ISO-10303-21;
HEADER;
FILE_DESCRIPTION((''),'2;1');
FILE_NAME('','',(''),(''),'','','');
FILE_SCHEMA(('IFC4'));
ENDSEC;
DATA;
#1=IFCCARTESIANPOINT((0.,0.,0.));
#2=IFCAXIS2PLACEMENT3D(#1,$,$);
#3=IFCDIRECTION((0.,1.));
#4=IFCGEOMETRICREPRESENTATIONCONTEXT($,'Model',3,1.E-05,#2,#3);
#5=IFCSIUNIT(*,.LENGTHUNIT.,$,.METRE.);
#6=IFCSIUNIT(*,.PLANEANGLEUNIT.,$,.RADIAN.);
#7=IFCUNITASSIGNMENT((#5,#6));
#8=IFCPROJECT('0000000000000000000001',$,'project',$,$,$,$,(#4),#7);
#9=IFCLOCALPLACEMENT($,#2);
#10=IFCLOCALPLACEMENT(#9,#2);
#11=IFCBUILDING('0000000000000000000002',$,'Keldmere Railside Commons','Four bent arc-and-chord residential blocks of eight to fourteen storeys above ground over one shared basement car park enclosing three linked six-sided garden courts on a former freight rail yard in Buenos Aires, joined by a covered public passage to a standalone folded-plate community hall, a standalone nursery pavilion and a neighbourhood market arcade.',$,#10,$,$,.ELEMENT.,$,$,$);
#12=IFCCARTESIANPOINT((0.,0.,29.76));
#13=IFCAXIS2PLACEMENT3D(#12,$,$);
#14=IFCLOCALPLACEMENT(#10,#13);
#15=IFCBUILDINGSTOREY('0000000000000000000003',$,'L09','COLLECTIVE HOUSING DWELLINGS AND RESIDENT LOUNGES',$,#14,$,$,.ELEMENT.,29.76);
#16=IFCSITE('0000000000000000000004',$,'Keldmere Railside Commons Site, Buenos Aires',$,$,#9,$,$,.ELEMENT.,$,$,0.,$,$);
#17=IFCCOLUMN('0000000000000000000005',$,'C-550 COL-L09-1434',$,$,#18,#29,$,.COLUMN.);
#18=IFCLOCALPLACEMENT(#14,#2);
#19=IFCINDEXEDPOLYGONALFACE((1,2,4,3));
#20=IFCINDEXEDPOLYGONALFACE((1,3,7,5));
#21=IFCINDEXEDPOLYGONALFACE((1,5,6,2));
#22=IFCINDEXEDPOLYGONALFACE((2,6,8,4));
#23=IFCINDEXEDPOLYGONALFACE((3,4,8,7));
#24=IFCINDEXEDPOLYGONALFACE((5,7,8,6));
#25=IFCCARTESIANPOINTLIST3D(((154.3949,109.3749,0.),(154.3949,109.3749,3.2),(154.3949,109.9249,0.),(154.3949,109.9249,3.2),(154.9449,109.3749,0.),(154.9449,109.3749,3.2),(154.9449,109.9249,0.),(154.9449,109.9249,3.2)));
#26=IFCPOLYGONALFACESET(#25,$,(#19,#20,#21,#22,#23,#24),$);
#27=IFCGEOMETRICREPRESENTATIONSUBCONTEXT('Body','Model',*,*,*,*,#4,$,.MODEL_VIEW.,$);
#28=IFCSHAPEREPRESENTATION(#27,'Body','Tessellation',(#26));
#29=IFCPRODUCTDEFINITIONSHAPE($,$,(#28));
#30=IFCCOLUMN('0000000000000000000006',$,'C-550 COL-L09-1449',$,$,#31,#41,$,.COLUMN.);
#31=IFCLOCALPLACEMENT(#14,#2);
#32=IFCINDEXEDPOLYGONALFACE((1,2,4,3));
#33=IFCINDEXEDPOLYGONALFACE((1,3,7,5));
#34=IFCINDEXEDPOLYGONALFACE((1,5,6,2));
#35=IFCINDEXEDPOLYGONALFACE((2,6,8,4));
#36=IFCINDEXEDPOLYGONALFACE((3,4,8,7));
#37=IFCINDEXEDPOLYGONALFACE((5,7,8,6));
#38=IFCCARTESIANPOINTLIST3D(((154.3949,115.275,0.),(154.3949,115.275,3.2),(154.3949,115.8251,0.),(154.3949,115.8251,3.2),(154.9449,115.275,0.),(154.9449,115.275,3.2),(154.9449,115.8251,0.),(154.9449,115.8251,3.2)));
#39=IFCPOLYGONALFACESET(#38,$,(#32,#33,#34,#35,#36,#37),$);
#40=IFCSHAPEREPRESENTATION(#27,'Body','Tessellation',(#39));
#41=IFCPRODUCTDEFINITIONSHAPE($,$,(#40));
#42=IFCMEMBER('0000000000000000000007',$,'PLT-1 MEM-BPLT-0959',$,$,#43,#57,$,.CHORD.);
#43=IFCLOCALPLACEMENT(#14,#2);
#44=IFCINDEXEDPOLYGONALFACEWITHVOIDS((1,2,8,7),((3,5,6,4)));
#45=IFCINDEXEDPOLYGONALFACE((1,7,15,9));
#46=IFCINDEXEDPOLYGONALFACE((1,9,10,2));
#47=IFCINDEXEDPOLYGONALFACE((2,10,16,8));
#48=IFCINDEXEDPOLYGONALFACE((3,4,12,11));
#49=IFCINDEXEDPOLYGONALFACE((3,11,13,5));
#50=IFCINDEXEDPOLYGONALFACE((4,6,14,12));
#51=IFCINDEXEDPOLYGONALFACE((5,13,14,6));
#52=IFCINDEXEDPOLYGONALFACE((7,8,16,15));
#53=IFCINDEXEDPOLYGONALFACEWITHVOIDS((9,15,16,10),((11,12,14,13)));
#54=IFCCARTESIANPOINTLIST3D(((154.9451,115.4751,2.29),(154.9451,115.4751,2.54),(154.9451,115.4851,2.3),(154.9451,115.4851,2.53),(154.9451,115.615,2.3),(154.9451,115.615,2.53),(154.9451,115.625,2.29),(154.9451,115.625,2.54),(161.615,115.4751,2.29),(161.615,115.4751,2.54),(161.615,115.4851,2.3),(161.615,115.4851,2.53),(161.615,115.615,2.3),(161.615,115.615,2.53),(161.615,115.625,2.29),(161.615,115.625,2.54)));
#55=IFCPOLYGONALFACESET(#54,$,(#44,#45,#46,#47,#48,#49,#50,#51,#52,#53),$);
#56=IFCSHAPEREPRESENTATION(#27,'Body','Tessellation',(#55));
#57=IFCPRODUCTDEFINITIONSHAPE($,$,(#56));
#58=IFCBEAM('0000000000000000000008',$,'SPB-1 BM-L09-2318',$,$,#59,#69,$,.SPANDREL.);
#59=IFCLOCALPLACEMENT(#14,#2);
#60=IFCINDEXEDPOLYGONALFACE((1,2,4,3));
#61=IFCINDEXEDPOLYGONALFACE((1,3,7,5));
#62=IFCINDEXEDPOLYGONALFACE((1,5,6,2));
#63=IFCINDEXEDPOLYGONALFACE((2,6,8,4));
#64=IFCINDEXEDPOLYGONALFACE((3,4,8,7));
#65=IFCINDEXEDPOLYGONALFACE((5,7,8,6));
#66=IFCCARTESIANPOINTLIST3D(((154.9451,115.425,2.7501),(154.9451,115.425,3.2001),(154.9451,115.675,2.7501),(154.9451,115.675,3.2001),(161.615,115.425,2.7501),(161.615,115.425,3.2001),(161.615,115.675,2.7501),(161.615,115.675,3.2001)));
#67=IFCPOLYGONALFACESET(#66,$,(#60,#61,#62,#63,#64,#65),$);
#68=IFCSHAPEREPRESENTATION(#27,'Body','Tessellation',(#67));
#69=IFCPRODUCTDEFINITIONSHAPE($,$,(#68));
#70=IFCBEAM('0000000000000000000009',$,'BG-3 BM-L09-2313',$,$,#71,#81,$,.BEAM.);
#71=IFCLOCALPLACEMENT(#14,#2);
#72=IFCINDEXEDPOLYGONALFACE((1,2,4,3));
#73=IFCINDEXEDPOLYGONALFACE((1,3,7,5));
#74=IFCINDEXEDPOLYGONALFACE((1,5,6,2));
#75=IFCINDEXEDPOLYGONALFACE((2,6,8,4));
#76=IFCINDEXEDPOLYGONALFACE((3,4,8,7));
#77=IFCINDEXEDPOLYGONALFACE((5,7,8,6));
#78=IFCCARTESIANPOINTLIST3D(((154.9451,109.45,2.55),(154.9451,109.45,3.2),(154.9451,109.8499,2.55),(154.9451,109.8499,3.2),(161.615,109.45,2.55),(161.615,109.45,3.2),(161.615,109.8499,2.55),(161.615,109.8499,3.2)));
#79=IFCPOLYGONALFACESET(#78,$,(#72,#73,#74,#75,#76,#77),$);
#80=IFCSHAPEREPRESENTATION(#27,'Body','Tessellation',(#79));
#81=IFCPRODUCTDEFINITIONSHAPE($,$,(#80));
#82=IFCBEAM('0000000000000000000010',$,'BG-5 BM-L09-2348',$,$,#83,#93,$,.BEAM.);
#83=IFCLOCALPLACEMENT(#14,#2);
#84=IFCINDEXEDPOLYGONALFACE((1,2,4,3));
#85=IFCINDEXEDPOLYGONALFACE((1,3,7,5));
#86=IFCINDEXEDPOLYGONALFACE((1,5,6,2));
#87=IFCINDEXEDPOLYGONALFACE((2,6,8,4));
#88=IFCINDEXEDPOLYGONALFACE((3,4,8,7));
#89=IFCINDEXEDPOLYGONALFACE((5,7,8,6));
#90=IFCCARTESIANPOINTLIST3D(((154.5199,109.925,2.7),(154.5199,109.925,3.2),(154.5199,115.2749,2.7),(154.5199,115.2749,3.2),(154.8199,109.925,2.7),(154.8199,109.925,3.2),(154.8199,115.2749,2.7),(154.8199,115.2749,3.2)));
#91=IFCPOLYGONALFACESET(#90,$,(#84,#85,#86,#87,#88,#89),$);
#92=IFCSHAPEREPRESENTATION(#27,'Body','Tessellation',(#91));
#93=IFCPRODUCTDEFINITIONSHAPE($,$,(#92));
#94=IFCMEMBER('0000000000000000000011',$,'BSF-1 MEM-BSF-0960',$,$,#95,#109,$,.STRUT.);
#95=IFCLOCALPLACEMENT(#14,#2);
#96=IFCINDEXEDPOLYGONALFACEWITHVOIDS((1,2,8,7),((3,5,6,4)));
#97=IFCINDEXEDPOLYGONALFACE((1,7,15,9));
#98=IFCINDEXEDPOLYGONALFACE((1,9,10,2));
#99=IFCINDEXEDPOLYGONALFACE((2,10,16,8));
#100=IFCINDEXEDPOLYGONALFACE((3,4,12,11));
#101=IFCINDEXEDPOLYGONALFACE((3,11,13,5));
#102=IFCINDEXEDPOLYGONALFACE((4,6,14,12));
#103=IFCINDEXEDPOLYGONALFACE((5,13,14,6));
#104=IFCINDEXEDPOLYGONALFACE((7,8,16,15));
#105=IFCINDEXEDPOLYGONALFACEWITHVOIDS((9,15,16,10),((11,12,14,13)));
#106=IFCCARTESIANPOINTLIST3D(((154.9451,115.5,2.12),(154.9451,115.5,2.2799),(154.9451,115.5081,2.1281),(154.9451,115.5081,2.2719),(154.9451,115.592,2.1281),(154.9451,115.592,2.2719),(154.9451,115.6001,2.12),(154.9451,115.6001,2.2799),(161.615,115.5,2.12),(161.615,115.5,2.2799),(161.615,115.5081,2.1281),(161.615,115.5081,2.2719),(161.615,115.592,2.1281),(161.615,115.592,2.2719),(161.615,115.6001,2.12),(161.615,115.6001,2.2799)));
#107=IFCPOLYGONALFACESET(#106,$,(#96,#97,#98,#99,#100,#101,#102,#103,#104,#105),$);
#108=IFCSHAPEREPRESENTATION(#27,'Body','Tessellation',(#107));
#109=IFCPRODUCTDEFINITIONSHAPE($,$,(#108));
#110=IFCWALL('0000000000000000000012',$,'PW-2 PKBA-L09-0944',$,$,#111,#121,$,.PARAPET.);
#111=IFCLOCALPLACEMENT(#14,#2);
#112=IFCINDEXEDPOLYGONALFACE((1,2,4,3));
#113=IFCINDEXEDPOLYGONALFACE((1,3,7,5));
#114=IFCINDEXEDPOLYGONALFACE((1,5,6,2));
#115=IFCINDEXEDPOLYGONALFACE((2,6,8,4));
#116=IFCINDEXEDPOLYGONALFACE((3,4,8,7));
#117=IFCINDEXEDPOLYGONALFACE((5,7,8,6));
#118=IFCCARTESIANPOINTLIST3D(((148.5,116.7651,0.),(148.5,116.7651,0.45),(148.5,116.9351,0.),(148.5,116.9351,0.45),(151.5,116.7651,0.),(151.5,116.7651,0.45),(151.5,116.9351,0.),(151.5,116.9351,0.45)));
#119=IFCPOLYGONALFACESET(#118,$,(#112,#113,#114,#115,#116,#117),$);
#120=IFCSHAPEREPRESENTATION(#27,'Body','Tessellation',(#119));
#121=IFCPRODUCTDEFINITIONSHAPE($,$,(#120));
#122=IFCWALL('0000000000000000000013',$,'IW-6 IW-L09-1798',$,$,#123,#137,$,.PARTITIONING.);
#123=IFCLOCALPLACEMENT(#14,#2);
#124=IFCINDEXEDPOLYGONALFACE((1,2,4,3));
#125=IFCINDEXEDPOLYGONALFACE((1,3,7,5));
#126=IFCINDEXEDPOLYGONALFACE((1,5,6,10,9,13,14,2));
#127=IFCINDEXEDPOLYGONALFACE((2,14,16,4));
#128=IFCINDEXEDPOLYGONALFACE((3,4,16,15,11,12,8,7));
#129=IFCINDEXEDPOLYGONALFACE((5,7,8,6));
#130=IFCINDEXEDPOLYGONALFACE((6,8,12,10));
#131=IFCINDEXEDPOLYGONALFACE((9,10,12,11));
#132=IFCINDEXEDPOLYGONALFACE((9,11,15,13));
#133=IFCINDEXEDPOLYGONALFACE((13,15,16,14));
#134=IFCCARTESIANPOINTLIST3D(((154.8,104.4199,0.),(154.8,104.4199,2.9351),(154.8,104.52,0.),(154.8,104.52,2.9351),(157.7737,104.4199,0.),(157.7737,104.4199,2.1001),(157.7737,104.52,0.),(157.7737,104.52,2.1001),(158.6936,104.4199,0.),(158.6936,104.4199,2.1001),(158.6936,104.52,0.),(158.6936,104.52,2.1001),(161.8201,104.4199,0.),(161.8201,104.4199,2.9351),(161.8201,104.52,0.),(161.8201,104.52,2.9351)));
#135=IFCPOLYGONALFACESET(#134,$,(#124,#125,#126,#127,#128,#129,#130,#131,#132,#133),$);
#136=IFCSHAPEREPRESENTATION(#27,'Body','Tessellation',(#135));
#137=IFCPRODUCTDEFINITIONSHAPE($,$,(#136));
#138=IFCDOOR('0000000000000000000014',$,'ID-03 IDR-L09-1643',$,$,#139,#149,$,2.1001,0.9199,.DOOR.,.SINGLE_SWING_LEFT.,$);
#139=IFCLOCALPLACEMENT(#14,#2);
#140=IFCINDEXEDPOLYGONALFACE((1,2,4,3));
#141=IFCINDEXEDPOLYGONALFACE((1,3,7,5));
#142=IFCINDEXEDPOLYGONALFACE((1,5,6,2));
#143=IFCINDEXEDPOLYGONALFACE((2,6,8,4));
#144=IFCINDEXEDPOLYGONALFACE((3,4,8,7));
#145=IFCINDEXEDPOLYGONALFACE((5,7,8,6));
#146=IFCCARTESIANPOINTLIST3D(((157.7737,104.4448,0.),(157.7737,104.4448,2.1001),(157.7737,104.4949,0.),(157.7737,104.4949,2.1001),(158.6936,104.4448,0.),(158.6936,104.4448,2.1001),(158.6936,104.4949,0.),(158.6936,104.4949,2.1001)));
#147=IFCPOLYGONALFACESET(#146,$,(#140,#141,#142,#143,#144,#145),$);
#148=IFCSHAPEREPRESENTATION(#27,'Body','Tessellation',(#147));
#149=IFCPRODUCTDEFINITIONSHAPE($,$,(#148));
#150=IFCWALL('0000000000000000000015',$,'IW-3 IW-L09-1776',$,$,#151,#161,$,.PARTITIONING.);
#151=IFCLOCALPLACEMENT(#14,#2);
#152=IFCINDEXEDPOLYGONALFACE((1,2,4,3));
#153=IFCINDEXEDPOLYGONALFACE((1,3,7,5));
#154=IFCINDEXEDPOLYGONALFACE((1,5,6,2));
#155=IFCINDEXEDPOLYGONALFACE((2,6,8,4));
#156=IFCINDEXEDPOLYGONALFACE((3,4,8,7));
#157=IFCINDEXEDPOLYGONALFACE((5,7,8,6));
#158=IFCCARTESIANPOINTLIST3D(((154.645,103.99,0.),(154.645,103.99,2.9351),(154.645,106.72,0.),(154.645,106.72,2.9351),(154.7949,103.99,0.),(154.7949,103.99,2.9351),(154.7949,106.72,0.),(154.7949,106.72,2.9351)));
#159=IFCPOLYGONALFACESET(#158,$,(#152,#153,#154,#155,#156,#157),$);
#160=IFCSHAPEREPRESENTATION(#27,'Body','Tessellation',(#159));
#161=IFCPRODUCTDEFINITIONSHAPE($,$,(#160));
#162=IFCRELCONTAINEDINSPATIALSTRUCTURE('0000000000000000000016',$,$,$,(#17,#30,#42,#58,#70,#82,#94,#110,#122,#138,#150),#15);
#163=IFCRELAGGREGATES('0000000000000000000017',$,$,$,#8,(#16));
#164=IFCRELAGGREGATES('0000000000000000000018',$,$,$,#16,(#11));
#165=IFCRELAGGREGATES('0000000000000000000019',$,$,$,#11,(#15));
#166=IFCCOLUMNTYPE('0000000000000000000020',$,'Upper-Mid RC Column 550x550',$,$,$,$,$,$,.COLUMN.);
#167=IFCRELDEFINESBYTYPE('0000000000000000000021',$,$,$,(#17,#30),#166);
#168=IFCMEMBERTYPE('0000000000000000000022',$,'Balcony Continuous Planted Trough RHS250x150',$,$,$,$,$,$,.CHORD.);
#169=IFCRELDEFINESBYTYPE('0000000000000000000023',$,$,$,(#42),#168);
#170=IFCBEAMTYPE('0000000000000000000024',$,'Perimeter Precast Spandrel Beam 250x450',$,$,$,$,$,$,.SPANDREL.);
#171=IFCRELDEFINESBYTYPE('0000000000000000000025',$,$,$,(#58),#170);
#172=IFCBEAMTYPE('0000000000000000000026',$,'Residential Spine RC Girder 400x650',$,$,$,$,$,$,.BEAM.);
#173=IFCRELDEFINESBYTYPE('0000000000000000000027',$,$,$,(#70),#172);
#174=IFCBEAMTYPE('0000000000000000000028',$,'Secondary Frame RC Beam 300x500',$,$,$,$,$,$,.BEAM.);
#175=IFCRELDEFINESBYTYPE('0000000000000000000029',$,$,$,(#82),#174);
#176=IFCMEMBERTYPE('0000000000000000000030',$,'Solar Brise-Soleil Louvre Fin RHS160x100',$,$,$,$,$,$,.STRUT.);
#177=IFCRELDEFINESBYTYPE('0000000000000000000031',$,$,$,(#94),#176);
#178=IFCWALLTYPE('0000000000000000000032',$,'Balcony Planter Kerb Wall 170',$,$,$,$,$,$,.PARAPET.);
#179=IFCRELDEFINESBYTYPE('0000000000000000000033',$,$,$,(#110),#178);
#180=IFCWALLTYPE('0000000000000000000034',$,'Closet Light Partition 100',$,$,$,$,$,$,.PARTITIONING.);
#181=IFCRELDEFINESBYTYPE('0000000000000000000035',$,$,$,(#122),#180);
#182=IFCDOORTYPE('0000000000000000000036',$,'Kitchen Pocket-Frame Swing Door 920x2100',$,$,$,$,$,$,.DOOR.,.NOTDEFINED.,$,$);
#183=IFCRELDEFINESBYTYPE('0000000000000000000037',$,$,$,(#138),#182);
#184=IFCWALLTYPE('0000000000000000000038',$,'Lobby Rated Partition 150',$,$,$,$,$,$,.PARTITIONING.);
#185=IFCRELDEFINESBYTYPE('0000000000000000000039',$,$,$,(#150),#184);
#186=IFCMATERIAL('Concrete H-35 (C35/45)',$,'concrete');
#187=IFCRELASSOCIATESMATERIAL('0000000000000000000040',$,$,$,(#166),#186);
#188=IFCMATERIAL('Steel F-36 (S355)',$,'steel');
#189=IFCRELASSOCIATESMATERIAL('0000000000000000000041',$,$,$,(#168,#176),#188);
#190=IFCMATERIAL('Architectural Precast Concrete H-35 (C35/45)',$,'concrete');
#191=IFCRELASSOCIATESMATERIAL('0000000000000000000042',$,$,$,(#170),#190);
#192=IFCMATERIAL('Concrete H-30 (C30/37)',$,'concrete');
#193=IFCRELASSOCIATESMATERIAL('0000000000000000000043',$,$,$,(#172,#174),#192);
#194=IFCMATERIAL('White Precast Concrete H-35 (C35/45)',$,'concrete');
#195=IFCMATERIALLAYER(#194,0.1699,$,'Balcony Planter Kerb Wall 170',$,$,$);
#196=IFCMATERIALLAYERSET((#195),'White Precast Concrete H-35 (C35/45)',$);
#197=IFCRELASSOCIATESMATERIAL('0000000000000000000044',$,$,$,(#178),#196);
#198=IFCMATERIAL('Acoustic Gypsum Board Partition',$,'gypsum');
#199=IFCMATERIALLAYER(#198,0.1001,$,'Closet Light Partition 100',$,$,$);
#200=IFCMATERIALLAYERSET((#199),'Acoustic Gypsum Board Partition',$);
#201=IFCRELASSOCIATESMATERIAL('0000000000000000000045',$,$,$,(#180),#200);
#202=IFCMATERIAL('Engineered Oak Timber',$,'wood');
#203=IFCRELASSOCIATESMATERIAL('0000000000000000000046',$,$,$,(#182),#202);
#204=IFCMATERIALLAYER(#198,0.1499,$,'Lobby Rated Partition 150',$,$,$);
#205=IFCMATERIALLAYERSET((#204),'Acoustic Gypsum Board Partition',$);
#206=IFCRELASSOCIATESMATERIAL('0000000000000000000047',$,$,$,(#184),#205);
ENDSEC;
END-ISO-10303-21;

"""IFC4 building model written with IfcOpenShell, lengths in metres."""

from ifc_helpers import new_model, si_unit, direction, frame, frame_2d, origin, origin_2d, place, context, subcontext, project, spatial, rectangle, hollow_rectangle, extrude, material, layer, layer_set, material_profile, profile_set, type_object, element, fill, save


model = new_model("IFC4")

# Units and contexts
model_context = context("Model", 3, precision=1e-05, world=origin(), true_north=direction((0.0, 1.0)))
body_context = subcontext(model_context, "Body", "Model", "MODEL_VIEW")
ifc_project = project(units=[si_unit("LENGTHUNIT", "METRE"), si_unit("PLANEANGLEUNIT", "RADIAN")], contexts=[model_context])

# Site, building, storey
site_placement = place(None, origin())
site = spatial("IfcSite", under=ifc_project, at=site_placement, Name="Keldmere Railside Commons Site, Buenos Aires", CompositionType="ELEMENT", RefElevation=0.0)
building_placement = place(site_placement, origin())
building = spatial("IfcBuilding", under=site, at=building_placement, Name="Keldmere Railside Commons", Description="Four bent arc-and-chord residential blocks of eight to fourteen storeys above ground over one shared basement car park enclosing three linked six-sided garden courts on a former freight rail yard in Buenos Aires, joined by a covered public passage to a standalone folded-plate community hall, a standalone nursery pavilion and a neighbourhood market arcade.", CompositionType="ELEMENT")
storey_placement = place(building_placement, frame((0.0, 0.0, 29.76)))
storey = spatial("IfcBuildingStorey", under=building, at=storey_placement, Name="L09", Description="COLLECTIVE HOUSING DWELLINGS AND RESIDENT LOUNGES", CompositionType="ELEMENT", Elevation=29.76)

# Columns
ifc_material_1 = material(Name="Concrete H-35 (C35/45)", Category="concrete")
ifc_material_profile_1 = material_profile(ifc_material_1, rectangle(XDim=0.55, YDim=0.55, at=origin_2d()), Name="RC-550x550")
ifc_profile_set_1 = profile_set([ifc_material_profile_1], Name="Concrete H-35 (C35/45)")
column_type = type_object("IfcColumnType", Name="Upper-Mid RC Column 550x550", PredefinedType="COLUMN", material=ifc_profile_set_1)
for number, where, z_axis, x_axis, name in (
    (1, (154.6699, 109.6499, 0.0), (0.0, 0.0, 1.0), (1.0, 0.0, 0.0), "C-550 COL-L09-1434"),
    (2, (154.6699, 115.55, 0.0), (0.0, 0.0, 1.0), (1.0, 0.0, 0.0), "C-550 COL-L09-1449"),
):
    element("IfcColumn", number, at=place(storey_placement, frame(where, z_axis=z_axis, x_axis=x_axis)), inside=storey, type_object=column_type, Name=name, PredefinedType="COLUMN", context=body_context, shape_type="SweptSolid", body=[
        extrude(rectangle(XDim=0.55, YDim=0.55, at=origin_2d()), origin(), (0.0, 0.0, 1.0), 3.2),
    ])

# Member
ifc_material_2 = material(Name="Steel F-36 (S355)", Category="steel")
ifc_material_profile_2 = material_profile(ifc_material_2, hollow_rectangle(XDim=0.1499, YDim=0.25, WallThickness=0.01, at=origin_2d()), Name="RHS-250x150x10")
ifc_profile_set_2 = profile_set([ifc_material_profile_2], Name="Steel F-36 (S355)")
member_type_1 = type_object("IfcMemberType", Name="Balcony Continuous Planted Trough RHS250x150", PredefinedType="CHORD", material=ifc_profile_set_2)
member_1_placement = place(storey_placement, frame((154.9451, 115.55, 2.415), z_axis=(1.0, 0.0, 0.0), x_axis=(0.0, 1.0, 0.0)))
element("IfcMember", 3, at=member_1_placement, inside=storey, type_object=member_type_1, Name="PLT-1 MEM-BPLT-0959", PredefinedType="CHORD", context=body_context, shape_type="SweptSolid", body=[
    extrude(hollow_rectangle(XDim=0.1499, YDim=0.25, WallThickness=0.01, at=origin_2d()), origin(), (0.0, 0.0, 1.0), 6.6699),
])

# Beams
ifc_material_3 = material(Name="Architectural Precast Concrete H-35 (C35/45)", Category="concrete")
ifc_material_profile_3 = material_profile(ifc_material_3, rectangle(XDim=0.25, YDim=0.45, at=origin_2d()), Name="RC-250x450")
ifc_profile_set_3 = profile_set([ifc_material_profile_3], Name="Architectural Precast Concrete H-35 (C35/45)")
beam_type_1 = type_object("IfcBeamType", Name="Perimeter Precast Spandrel Beam 250x450", PredefinedType="SPANDREL", material=ifc_profile_set_3)
beam_1_placement = place(storey_placement, frame((154.9451, 115.55, 2.9751), z_axis=(1.0, 0.0, 0.0), x_axis=(0.0, 1.0, 0.0)))
element("IfcBeam", 4, at=beam_1_placement, inside=storey, type_object=beam_type_1, Name="SPB-1 BM-L09-2318", PredefinedType="SPANDREL", context=body_context, shape_type="SweptSolid", body=[
    extrude(rectangle(XDim=0.25, YDim=0.45, at=origin_2d()), origin(), (0.0, 0.0, 1.0), 6.6699),
])
ifc_material_4 = material(Name="Concrete H-30 (C30/37)", Category="concrete")
ifc_material_profile_4 = material_profile(ifc_material_4, rectangle(XDim=0.3999, YDim=0.6499, at=origin_2d()), Name="RC-400x650")
ifc_profile_set_4 = profile_set([ifc_material_profile_4], Name="Concrete H-30 (C30/37)")
beam_type_2 = type_object("IfcBeamType", Name="Residential Spine RC Girder 400x650", PredefinedType="BEAM", material=ifc_profile_set_4)
beam_2_placement = place(storey_placement, frame((154.9451, 109.6499, 2.875), z_axis=(1.0, 0.0, 0.0), x_axis=(0.0, 1.0, 0.0)))
element("IfcBeam", 5, at=beam_2_placement, inside=storey, type_object=beam_type_2, Name="BG-3 BM-L09-2313", PredefinedType="BEAM", context=body_context, shape_type="SweptSolid", body=[
    extrude(rectangle(XDim=0.3999, YDim=0.6499, at=origin_2d()), origin(), (0.0, 0.0, 1.0), 6.6699),
])
ifc_material_profile_5 = material_profile(ifc_material_4, rectangle(XDim=0.3, YDim=0.5, at=origin_2d()), Name="RC-300x500")
ifc_profile_set_5 = profile_set([ifc_material_profile_5], Name="Concrete H-30 (C30/37)")
beam_type_3 = type_object("IfcBeamType", Name="Secondary Frame RC Beam 300x500", PredefinedType="BEAM", material=ifc_profile_set_5)
beam_3_placement = place(storey_placement, frame((154.6699, 109.925, 2.95), z_axis=(0.0, 1.0, 0.0), x_axis=(-1.0, 0.0, 0.0)))
element("IfcBeam", 6, at=beam_3_placement, inside=storey, type_object=beam_type_3, Name="BG-5 BM-L09-2348", PredefinedType="BEAM", context=body_context, shape_type="SweptSolid", body=[
    extrude(rectangle(XDim=0.3, YDim=0.5, at=origin_2d()), origin(), (0.0, 0.0, 1.0), 5.3499),
])

# Member
ifc_material_profile_6 = material_profile(ifc_material_2, hollow_rectangle(XDim=0.1001, YDim=0.1599, WallThickness=0.0081, at=origin_2d()), Name="RHS-160x100x8")
ifc_profile_set_6 = profile_set([ifc_material_profile_6], Name="Steel F-36 (S355)")
member_type_2 = type_object("IfcMemberType", Name="Solar Brise-Soleil Louvre Fin RHS160x100", PredefinedType="STRUT", material=ifc_profile_set_6)
member_2_placement = place(storey_placement, frame((154.9451, 115.55, 2.2), z_axis=(1.0, 0.0, 0.0), x_axis=(0.0, 1.0, 0.0)))
element("IfcMember", 7, at=member_2_placement, inside=storey, type_object=member_type_2, Name="BSF-1 MEM-BSF-0960", PredefinedType="STRUT", context=body_context, shape_type="SweptSolid", body=[
    extrude(hollow_rectangle(XDim=0.1001, YDim=0.1599, WallThickness=0.0081, at=origin_2d()), origin(), (0.0, 0.0, 1.0), 6.6699),
])

# Wall
ifc_material_5 = material(Name="White Precast Concrete H-35 (C35/45)", Category="concrete")
ifc_layer_1 = layer(ifc_material_5, 0.1699, Name="Balcony Planter Kerb Wall 170")
ifc_layer_set_1 = layer_set([ifc_layer_1], Name="White Precast Concrete H-35 (C35/45)")
wall_type_1 = type_object("IfcWallType", Name="Balcony Planter Kerb Wall 170", PredefinedType="PARAPET", material=ifc_layer_set_1)
wall_1_placement = place(storey_placement, frame((148.5, 116.8501, 0.0), z_axis=(0.0, 0.0, 1.0), x_axis=(1.0, 0.0, 0.0)))
element("IfcWall", 8, at=wall_1_placement, inside=storey, type_object=wall_type_1, Name="PW-2 PKBA-L09-0944", PredefinedType="PARAPET", context=body_context, shape_type="SweptSolid", body=[
    extrude(rectangle(XDim=3.0, YDim=0.1699, at=frame_2d((1.5, 0.0))), origin(), (0.0, 0.0, 1.0), 0.45),
])

# Wall, opening, door
ifc_material_6 = material(Name="Acoustic Gypsum Board Partition", Category="gypsum")
ifc_layer_2 = layer(ifc_material_6, 0.1001, Name="Closet Light Partition 100")
ifc_layer_set_2 = layer_set([ifc_layer_2], Name="Acoustic Gypsum Board Partition")
wall_type_2 = type_object("IfcWallType", Name="Closet Light Partition 100", PredefinedType="PARTITIONING", material=ifc_layer_set_2)
wall_2_placement = place(storey_placement, frame((154.8, 104.47, 0.0), z_axis=(0.0, 0.0, 1.0), x_axis=(1.0, 0.0, 0.0)))
wall_2 = element("IfcWall", 9, at=wall_2_placement, inside=storey, type_object=wall_type_2, Name="IW-6 IW-L09-1798", PredefinedType="PARTITIONING", context=body_context, shape_type="SweptSolid", body=[
    extrude(rectangle(XDim=7.02, YDim=0.1001, at=frame_2d((3.51, 0.0))), origin(), (0.0, 0.0, 1.0), 2.9351),
])
opening_1_placement = place(wall_2_placement, frame((2.9736, 0.0, 0.0)))
opening_1 = element("IfcOpeningElement", 10, at=opening_1_placement, cuts=wall_2, PredefinedType="OPENING", context=body_context, shape_type="SweptSolid", body=[
    extrude(rectangle(XDim=0.9199, YDim=2.1001, at=frame_2d((0.46, 1.05))), frame((0.0, 0.0601, 0.0), z_axis=(0.0, -1.0, 0.0), x_axis=(1.0, 0.0, 0.0)), (0.0, 0.0, 1.0), 0.1201),
])
ifc_material_7 = material(Name="Engineered Oak Timber", Category="wood")
door_type_1 = type_object("IfcDoorType", Name="Kitchen Pocket-Frame Swing Door 920x2100", OperationType="NOTDEFINED", PredefinedType="DOOR", material=ifc_material_7)
door_1_placement = place(opening_1_placement, origin())
door_1 = element("IfcDoor", 11, at=door_1_placement, inside=storey, type_object=door_type_1, Name="ID-03 IDR-L09-1643", OperationType="SINGLE_SWING_LEFT", OverallHeight=2.1001, OverallWidth=0.9199, PredefinedType="DOOR", context=body_context, shape_type="SweptSolid", body=[
    extrude(rectangle(XDim=0.9199, YDim=2.1001, at=frame_2d((0.46, 1.05))), frame((0.0, 0.0249, 0.0), z_axis=(0.0, -1.0, 0.0), x_axis=(1.0, 0.0, 0.0)), (0.0, 0.0, 1.0), 0.05),
])
fill(opening_1, door_1)

# Wall
ifc_layer_3 = layer(ifc_material_6, 0.1499, Name="Lobby Rated Partition 150")
ifc_layer_set_3 = layer_set([ifc_layer_3], Name="Acoustic Gypsum Board Partition")
wall_type_3 = type_object("IfcWallType", Name="Lobby Rated Partition 150", PredefinedType="PARTITIONING", material=ifc_layer_set_3)
wall_3_placement = place(storey_placement, frame((154.72, 103.99, 0.0), z_axis=(0.0, 0.0, 1.0), x_axis=(0.0, 1.0, 0.0)))
element("IfcWall", 12, at=wall_3_placement, inside=storey, type_object=wall_type_3, Name="IW-3 IW-L09-1776", PredefinedType="PARTITIONING", context=body_context, shape_type="SweptSolid", body=[
    extrude(rectangle(XDim=2.73, YDim=0.1499, at=frame_2d((1.365, 0.0))), origin(), (0.0, 0.0, 1.0), 2.9351),
])

save(model, "model.ifc")
